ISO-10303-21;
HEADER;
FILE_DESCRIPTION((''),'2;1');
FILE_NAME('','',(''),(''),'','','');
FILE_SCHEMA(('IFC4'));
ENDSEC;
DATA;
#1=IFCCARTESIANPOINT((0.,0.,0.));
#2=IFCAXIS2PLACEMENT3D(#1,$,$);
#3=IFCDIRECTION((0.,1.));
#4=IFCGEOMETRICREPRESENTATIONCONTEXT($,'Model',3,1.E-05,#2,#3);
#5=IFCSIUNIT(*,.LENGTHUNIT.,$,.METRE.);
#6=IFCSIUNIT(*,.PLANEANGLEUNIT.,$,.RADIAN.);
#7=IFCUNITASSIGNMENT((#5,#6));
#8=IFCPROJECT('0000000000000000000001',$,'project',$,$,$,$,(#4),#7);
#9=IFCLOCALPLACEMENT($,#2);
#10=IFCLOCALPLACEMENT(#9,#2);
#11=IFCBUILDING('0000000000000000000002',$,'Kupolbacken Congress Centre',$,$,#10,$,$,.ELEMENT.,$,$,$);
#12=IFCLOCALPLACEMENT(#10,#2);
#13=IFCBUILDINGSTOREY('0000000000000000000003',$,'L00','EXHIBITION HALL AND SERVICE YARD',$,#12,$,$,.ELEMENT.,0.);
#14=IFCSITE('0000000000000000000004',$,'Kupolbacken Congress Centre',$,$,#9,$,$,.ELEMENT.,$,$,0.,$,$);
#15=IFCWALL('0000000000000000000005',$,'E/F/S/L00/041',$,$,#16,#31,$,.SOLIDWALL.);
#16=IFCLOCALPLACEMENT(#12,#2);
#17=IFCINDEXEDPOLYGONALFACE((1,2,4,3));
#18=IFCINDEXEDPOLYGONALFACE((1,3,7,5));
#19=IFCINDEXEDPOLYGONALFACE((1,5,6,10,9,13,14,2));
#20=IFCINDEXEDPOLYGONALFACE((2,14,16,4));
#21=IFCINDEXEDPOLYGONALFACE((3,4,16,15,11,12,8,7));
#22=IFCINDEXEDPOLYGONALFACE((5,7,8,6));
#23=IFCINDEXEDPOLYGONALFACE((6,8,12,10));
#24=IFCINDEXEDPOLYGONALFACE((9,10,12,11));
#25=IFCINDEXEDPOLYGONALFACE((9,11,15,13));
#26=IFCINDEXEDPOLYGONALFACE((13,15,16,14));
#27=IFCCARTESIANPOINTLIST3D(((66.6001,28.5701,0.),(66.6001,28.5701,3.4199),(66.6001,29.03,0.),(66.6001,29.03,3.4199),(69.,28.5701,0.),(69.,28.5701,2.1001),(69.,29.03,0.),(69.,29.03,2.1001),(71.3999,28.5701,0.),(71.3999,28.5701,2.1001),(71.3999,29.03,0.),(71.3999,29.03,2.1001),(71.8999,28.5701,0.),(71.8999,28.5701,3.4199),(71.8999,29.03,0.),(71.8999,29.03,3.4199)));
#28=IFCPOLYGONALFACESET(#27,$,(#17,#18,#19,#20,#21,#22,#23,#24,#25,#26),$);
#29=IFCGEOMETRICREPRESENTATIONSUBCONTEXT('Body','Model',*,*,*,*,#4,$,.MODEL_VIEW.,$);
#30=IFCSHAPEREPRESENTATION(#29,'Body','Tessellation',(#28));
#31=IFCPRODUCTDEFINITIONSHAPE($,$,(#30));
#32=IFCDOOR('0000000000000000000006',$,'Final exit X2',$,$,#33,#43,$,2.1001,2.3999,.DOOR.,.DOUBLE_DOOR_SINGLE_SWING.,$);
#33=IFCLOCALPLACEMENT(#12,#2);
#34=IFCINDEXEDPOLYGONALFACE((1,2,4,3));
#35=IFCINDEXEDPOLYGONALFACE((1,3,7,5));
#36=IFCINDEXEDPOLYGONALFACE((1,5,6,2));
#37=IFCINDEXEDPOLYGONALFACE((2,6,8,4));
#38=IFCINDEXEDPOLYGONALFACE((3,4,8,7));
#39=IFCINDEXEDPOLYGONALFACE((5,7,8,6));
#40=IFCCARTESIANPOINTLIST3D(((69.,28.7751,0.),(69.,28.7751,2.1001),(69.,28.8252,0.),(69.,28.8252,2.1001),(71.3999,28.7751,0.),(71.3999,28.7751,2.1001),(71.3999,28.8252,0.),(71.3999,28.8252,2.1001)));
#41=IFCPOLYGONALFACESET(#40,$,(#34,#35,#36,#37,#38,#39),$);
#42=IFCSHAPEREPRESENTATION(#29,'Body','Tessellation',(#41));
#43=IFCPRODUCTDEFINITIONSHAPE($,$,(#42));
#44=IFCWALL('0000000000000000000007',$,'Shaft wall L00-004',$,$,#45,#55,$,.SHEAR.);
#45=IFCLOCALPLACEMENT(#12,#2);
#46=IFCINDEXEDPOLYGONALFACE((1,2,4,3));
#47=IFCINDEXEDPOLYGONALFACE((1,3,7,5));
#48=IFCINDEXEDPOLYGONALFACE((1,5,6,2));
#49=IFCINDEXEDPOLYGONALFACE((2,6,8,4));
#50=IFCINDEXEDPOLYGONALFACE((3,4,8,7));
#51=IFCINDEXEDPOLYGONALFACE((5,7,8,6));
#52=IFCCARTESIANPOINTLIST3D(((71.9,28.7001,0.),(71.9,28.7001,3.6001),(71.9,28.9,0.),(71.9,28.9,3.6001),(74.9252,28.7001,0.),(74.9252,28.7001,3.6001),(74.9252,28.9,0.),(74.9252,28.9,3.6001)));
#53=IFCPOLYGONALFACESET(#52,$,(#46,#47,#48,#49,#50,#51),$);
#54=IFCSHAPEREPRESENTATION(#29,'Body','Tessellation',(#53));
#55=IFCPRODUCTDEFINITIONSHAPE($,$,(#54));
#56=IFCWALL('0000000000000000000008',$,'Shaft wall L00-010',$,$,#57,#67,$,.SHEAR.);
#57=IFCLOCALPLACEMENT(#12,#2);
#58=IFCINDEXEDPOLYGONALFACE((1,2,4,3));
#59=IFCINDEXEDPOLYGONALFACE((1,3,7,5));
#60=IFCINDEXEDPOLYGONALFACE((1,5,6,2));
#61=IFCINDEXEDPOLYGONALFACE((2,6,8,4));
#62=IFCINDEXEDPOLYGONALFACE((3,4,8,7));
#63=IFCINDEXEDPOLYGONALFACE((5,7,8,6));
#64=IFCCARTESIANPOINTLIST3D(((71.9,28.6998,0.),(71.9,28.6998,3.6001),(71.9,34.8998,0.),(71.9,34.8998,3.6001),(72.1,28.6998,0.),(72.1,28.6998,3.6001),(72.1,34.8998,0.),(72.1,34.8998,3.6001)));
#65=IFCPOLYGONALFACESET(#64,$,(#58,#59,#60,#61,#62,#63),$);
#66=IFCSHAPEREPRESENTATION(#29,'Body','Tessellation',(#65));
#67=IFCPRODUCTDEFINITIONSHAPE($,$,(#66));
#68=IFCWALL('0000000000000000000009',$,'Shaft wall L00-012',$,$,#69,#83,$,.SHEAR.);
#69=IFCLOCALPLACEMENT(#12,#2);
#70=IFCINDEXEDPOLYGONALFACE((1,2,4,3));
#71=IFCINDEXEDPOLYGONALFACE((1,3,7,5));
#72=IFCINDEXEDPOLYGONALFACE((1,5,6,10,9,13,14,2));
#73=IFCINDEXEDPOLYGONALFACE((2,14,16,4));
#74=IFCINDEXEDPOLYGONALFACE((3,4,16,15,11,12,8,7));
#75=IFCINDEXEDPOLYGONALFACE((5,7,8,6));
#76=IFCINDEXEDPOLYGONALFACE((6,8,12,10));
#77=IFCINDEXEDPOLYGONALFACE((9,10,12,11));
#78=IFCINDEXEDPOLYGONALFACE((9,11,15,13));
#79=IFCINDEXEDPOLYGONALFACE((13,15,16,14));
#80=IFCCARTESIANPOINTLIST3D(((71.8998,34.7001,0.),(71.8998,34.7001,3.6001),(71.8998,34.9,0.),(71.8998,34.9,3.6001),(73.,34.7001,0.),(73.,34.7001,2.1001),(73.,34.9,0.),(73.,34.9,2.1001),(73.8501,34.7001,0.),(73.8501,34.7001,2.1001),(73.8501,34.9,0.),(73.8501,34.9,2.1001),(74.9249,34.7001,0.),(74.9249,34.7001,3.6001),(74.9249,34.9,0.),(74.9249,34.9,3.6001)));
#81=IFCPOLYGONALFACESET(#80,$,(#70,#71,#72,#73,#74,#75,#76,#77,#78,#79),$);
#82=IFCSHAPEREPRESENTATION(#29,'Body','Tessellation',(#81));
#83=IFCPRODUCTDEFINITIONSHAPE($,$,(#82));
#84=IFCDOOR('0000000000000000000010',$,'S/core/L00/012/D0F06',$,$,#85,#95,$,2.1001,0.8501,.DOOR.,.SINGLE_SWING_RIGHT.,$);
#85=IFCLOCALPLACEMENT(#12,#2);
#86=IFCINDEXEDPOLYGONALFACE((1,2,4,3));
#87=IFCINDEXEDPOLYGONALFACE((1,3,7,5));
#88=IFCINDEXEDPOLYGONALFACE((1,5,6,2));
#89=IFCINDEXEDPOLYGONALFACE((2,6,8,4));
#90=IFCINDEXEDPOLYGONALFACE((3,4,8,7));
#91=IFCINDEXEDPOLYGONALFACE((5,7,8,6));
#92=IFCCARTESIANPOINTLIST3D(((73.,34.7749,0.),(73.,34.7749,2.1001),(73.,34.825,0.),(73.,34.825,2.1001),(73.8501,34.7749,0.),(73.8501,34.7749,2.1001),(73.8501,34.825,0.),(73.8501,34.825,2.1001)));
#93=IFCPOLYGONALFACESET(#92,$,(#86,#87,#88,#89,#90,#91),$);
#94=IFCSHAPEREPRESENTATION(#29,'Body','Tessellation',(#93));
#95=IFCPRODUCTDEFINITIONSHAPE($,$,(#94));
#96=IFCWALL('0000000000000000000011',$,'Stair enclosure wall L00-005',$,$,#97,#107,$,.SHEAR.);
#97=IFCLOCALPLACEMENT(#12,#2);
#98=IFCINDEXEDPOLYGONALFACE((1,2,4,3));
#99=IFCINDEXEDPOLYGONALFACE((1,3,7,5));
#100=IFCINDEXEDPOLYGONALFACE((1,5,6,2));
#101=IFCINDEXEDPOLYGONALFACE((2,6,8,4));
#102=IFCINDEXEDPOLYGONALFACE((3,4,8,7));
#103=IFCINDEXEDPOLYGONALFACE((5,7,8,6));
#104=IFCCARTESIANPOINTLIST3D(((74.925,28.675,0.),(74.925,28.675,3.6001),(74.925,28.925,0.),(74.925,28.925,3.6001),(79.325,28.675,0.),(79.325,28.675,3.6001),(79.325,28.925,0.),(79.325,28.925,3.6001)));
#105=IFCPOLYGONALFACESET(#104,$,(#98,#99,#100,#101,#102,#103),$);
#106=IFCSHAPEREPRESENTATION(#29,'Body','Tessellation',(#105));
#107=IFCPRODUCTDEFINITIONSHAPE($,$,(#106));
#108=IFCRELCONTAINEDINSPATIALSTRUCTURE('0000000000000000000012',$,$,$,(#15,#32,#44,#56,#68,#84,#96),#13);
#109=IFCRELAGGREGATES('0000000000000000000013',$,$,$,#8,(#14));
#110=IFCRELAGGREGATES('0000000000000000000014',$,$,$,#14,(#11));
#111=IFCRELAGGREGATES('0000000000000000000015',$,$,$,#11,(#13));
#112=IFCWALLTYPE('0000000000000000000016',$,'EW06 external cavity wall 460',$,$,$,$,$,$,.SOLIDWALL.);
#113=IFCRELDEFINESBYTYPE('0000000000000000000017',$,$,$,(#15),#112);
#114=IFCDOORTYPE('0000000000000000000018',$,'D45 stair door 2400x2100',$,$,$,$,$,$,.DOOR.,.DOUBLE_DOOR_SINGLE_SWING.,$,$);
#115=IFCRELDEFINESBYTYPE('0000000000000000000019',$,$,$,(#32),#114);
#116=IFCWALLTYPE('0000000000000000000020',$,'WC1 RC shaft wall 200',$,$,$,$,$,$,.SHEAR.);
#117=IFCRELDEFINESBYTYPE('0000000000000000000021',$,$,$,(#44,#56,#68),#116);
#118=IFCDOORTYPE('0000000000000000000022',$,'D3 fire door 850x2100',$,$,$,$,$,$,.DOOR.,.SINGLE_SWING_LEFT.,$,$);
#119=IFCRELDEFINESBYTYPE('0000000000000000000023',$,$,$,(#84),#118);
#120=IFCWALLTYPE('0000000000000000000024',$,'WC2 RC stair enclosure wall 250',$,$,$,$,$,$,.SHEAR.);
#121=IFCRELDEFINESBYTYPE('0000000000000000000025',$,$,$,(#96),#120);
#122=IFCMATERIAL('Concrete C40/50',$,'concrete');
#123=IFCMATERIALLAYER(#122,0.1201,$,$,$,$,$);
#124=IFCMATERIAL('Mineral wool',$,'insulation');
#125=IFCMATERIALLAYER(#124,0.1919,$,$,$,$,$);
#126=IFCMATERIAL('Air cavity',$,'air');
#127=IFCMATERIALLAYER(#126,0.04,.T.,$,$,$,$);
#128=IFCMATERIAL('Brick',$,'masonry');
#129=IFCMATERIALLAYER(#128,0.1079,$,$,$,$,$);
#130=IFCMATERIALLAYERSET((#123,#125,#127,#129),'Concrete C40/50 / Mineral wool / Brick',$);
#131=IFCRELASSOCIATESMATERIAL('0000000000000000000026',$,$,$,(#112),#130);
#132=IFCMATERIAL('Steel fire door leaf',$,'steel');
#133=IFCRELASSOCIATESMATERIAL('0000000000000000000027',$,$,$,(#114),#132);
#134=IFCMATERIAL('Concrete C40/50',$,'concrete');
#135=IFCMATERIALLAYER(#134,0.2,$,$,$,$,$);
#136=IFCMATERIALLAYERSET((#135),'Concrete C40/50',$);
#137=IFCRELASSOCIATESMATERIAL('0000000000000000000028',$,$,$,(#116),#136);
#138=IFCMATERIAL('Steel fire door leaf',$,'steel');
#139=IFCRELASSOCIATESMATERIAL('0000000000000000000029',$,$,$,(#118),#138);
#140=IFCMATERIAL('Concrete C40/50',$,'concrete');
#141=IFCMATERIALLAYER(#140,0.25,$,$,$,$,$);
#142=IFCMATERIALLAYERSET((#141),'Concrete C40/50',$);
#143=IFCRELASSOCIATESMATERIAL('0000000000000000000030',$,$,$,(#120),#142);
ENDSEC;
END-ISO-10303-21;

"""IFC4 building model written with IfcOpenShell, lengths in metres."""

from ifc_helpers import new_model, si_unit, direction, frame, frame_2d, origin, place, context, subcontext, project, spatial, rectangle, extrude, material, layer, layer_set, type_object, element, fill, save


model = new_model("IFC4")

# Units and contexts
model_context = context("Model", 3, precision=1e-05, world=origin(), true_north=direction((0.0, 1.0)))
body_context = subcontext(model_context, "Body", "Model", "MODEL_VIEW")
ifc_project = project(units=[si_unit("LENGTHUNIT", "METRE"), si_unit("PLANEANGLEUNIT", "RADIAN")], contexts=[model_context])

# Site, building, storey
site_placement = place(None, origin())
site = spatial("IfcSite", under=ifc_project, at=site_placement, Name="Kupolbacken Congress Centre", CompositionType="ELEMENT", RefElevation=0.0)
building_placement = place(site_placement, origin())
building = spatial("IfcBuilding", under=site, at=building_placement, Name="Kupolbacken Congress Centre", CompositionType="ELEMENT")
storey_placement = place(building_placement, origin())
storey = spatial("IfcBuildingStorey", under=building, at=storey_placement, Name="L00", Description="EXHIBITION HALL AND SERVICE YARD", CompositionType="ELEMENT", Elevation=0.0)

# Wall, opening, door
ifc_material_1 = material(Name="Concrete C40/50", Category="concrete")
ifc_layer_1 = layer(ifc_material_1, 0.1201)
ifc_material_2 = material(Name="Mineral wool", Category="insulation")
ifc_layer_2 = layer(ifc_material_2, 0.1919)
ifc_material_3 = material(Name="Air cavity", Category="air")
ifc_layer_3 = layer(ifc_material_3, 0.04, ventilated=True)
ifc_material_4 = material(Name="Brick", Category="masonry")
ifc_layer_4 = layer(ifc_material_4, 0.1079)
ifc_layer_set_1 = layer_set([ifc_layer_1, ifc_layer_2, ifc_layer_3, ifc_layer_4], Name="Concrete C40/50 / Mineral wool / Brick")
wall_type_1 = type_object("IfcWallType", Name="EW06 external cavity wall 460", PredefinedType="SOLIDWALL", material=ifc_layer_set_1)
wall_1_placement = place(storey_placement, frame((66.6001, 28.8, 0.0), z_axis=(0.0, 0.0, 1.0), x_axis=(1.0, 0.0, 0.0)))
wall_1 = element("IfcWall", 1, at=wall_1_placement, inside=storey, type_object=wall_type_1, Name="E/F/S/L00/041", PredefinedType="SOLIDWALL", context=body_context, shape_type="SweptSolid", body=[
    extrude(rectangle(XDim=5.2998, YDim=0.46, at=frame_2d((2.6499, 0.0))), origin(), (0.0, 0.0, 1.0), 3.4199),
])
opening_1_placement = place(wall_1_placement, frame((2.3999, 0.0, 0.0)))
opening_1 = element("IfcOpeningElement", 2, at=opening_1_placement, cuts=wall_1, PredefinedType="OPENING", context=body_context, shape_type="SweptSolid", body=[
    extrude(rectangle(XDim=2.3999, YDim=2.1001, at=frame_2d((1.2, 1.05))), frame((0.0, 0.24, 0.0), z_axis=(0.0, -1.0, 0.0), x_axis=(1.0, 0.0, 0.0)), (0.0, 0.0, 1.0), 0.48),
])
ifc_material_5 = material(Name="Steel fire door leaf", Category="steel")
door_type_1 = type_object("IfcDoorType", Name="D45 stair door 2400x2100", OperationType="DOUBLE_DOOR_SINGLE_SWING", PredefinedType="DOOR", material=ifc_material_5)
door_1_placement = place(opening_1_placement, frame((2.3999, 0.0, 0.0), z_axis=(0.0, 0.0, 1.0), x_axis=(-1.0, 0.0, 0.0)))
door_1 = element("IfcDoor", 3, at=door_1_placement, inside=storey, type_object=door_type_1, Name="Final exit X2", OperationType="DOUBLE_DOOR_SINGLE_SWING", OverallHeight=2.1001, OverallWidth=2.3999, PredefinedType="DOOR", context=body_context, shape_type="SweptSolid", body=[
    extrude(rectangle(XDim=2.3999, YDim=2.1001, at=frame_2d((1.2, 1.05))), frame((0.0, 0.0249, 0.0), z_axis=(0.0, -1.0, 0.0), x_axis=(1.0, 0.0, 0.0)), (0.0, 0.0, 1.0), 0.05),
])
fill(opening_1, door_1)

# Walls
ifc_material_6 = material(Name="Concrete C40/50", Category="concrete")
ifc_layer_5 = layer(ifc_material_6, 0.2)
ifc_layer_set_2 = layer_set([ifc_layer_5], Name="Concrete C40/50")
wall_type_2 = type_object("IfcWallType", Name="WC1 RC shaft wall 200", PredefinedType="SHEAR", material=ifc_layer_set_2)
wall_2_placement = place(storey_placement, frame((71.8999, 28.8, 0.0), z_axis=(0.0, 0.0, 1.0), x_axis=(1.0, 0.0, 0.0)))
element("IfcWall", 4, at=wall_2_placement, inside=storey, type_object=wall_type_2, Name="Shaft wall L00-004", PredefinedType="SHEAR", context=body_context, shape_type="SweptSolid", body=[
    extrude(rectangle(XDim=3.0251, YDim=0.2, at=frame_2d((1.5127, 0.0))), origin(), (0.0, 0.0, 1.0), 3.6001),
])
wall_3_placement = place(storey_placement, frame((72.0, 34.8999, 0.0), z_axis=(0.0, 0.0, 1.0), x_axis=(0.0, -1.0, 0.0)))
element("IfcWall", 5, at=wall_3_placement, inside=storey, type_object=wall_type_2, Name="Shaft wall L00-010", PredefinedType="SHEAR", context=body_context, shape_type="SweptSolid", body=[
    extrude(rectangle(XDim=6.2, YDim=0.2, at=frame_2d((3.1001, 0.0))), origin(), (0.0, 0.0, 1.0), 3.6001),
])

# Wall, opening, door
wall_4_placement = place(storey_placement, frame((74.925, 34.8, 0.0), z_axis=(0.0, 0.0, 1.0), x_axis=(-1.0, 0.0, 0.0)))
wall_4 = element("IfcWall", 6, at=wall_4_placement, inside=storey, type_object=wall_type_2, Name="Shaft wall L00-012", PredefinedType="SHEAR", context=body_context, shape_type="SweptSolid", body=[
    extrude(rectangle(XDim=3.0251, YDim=0.2, at=frame_2d((1.5127, 0.0))), origin(), (0.0, 0.0, 1.0), 3.6001),
])
opening_2_placement = place(wall_4_placement, frame((1.075, 0.0, 0.0)))
opening_2 = element("IfcOpeningElement", 7, at=opening_2_placement, cuts=wall_4, PredefinedType="OPENING", context=body_context, shape_type="SweptSolid", body=[
    extrude(rectangle(XDim=0.8501, YDim=2.1001, at=frame_2d((0.425, 1.05))), frame((0.0, 0.1099, 0.0), z_axis=(0.0, -1.0, 0.0), x_axis=(1.0, 0.0, 0.0)), (0.0, 0.0, 1.0), 0.22),
])
ifc_material_7 = material(Name="Steel fire door leaf", Category="steel")
door_type_2 = type_object("IfcDoorType", Name="D3 fire door 850x2100", OperationType="SINGLE_SWING_LEFT", PredefinedType="DOOR", material=ifc_material_7)
door_2_placement = place(opening_2_placement, frame((0.8501, 0.0, 0.0), z_axis=(0.0, 0.0, 1.0), x_axis=(-1.0, 0.0, 0.0)))
door_2 = element("IfcDoor", 8, at=door_2_placement, inside=storey, type_object=door_type_2, Name="S/core/L00/012/D0F06", OperationType="SINGLE_SWING_RIGHT", OverallHeight=2.1001, OverallWidth=0.8501, PredefinedType="DOOR", context=body_context, shape_type="SweptSolid", body=[
    extrude(rectangle(XDim=0.8501, YDim=2.1001, at=frame_2d((0.425, 1.05))), frame((0.0, 0.0249, 0.0), z_axis=(0.0, -1.0, 0.0), x_axis=(1.0, 0.0, 0.0)), (0.0, 0.0, 1.0), 0.05),
])
fill(opening_2, door_2)

# Wall
ifc_material_8 = material(Name="Concrete C40/50", Category="concrete")
ifc_layer_6 = layer(ifc_material_8, 0.25)
ifc_layer_set_3 = layer_set([ifc_layer_6], Name="Concrete C40/50")
wall_type_3 = type_object("IfcWallType", Name="WC2 RC stair enclosure wall 250", PredefinedType="SHEAR", material=ifc_layer_set_3)
wall_5_placement = place(storey_placement, frame((74.925, 28.8, 0.0), z_axis=(0.0, 0.0, 1.0), x_axis=(1.0, 0.0, 0.0)))
element("IfcWall", 9, at=wall_5_placement, inside=storey, type_object=wall_type_3, Name="Stair enclosure wall L00-005", PredefinedType="SHEAR", context=body_context, shape_type="SweptSolid", body=[
    extrude(rectangle(XDim=4.3999, YDim=0.25, at=frame_2d((2.2, 0.0))), origin(), (0.0, 0.0, 1.0), 3.6001),
])

save(model, "model.ifc")
